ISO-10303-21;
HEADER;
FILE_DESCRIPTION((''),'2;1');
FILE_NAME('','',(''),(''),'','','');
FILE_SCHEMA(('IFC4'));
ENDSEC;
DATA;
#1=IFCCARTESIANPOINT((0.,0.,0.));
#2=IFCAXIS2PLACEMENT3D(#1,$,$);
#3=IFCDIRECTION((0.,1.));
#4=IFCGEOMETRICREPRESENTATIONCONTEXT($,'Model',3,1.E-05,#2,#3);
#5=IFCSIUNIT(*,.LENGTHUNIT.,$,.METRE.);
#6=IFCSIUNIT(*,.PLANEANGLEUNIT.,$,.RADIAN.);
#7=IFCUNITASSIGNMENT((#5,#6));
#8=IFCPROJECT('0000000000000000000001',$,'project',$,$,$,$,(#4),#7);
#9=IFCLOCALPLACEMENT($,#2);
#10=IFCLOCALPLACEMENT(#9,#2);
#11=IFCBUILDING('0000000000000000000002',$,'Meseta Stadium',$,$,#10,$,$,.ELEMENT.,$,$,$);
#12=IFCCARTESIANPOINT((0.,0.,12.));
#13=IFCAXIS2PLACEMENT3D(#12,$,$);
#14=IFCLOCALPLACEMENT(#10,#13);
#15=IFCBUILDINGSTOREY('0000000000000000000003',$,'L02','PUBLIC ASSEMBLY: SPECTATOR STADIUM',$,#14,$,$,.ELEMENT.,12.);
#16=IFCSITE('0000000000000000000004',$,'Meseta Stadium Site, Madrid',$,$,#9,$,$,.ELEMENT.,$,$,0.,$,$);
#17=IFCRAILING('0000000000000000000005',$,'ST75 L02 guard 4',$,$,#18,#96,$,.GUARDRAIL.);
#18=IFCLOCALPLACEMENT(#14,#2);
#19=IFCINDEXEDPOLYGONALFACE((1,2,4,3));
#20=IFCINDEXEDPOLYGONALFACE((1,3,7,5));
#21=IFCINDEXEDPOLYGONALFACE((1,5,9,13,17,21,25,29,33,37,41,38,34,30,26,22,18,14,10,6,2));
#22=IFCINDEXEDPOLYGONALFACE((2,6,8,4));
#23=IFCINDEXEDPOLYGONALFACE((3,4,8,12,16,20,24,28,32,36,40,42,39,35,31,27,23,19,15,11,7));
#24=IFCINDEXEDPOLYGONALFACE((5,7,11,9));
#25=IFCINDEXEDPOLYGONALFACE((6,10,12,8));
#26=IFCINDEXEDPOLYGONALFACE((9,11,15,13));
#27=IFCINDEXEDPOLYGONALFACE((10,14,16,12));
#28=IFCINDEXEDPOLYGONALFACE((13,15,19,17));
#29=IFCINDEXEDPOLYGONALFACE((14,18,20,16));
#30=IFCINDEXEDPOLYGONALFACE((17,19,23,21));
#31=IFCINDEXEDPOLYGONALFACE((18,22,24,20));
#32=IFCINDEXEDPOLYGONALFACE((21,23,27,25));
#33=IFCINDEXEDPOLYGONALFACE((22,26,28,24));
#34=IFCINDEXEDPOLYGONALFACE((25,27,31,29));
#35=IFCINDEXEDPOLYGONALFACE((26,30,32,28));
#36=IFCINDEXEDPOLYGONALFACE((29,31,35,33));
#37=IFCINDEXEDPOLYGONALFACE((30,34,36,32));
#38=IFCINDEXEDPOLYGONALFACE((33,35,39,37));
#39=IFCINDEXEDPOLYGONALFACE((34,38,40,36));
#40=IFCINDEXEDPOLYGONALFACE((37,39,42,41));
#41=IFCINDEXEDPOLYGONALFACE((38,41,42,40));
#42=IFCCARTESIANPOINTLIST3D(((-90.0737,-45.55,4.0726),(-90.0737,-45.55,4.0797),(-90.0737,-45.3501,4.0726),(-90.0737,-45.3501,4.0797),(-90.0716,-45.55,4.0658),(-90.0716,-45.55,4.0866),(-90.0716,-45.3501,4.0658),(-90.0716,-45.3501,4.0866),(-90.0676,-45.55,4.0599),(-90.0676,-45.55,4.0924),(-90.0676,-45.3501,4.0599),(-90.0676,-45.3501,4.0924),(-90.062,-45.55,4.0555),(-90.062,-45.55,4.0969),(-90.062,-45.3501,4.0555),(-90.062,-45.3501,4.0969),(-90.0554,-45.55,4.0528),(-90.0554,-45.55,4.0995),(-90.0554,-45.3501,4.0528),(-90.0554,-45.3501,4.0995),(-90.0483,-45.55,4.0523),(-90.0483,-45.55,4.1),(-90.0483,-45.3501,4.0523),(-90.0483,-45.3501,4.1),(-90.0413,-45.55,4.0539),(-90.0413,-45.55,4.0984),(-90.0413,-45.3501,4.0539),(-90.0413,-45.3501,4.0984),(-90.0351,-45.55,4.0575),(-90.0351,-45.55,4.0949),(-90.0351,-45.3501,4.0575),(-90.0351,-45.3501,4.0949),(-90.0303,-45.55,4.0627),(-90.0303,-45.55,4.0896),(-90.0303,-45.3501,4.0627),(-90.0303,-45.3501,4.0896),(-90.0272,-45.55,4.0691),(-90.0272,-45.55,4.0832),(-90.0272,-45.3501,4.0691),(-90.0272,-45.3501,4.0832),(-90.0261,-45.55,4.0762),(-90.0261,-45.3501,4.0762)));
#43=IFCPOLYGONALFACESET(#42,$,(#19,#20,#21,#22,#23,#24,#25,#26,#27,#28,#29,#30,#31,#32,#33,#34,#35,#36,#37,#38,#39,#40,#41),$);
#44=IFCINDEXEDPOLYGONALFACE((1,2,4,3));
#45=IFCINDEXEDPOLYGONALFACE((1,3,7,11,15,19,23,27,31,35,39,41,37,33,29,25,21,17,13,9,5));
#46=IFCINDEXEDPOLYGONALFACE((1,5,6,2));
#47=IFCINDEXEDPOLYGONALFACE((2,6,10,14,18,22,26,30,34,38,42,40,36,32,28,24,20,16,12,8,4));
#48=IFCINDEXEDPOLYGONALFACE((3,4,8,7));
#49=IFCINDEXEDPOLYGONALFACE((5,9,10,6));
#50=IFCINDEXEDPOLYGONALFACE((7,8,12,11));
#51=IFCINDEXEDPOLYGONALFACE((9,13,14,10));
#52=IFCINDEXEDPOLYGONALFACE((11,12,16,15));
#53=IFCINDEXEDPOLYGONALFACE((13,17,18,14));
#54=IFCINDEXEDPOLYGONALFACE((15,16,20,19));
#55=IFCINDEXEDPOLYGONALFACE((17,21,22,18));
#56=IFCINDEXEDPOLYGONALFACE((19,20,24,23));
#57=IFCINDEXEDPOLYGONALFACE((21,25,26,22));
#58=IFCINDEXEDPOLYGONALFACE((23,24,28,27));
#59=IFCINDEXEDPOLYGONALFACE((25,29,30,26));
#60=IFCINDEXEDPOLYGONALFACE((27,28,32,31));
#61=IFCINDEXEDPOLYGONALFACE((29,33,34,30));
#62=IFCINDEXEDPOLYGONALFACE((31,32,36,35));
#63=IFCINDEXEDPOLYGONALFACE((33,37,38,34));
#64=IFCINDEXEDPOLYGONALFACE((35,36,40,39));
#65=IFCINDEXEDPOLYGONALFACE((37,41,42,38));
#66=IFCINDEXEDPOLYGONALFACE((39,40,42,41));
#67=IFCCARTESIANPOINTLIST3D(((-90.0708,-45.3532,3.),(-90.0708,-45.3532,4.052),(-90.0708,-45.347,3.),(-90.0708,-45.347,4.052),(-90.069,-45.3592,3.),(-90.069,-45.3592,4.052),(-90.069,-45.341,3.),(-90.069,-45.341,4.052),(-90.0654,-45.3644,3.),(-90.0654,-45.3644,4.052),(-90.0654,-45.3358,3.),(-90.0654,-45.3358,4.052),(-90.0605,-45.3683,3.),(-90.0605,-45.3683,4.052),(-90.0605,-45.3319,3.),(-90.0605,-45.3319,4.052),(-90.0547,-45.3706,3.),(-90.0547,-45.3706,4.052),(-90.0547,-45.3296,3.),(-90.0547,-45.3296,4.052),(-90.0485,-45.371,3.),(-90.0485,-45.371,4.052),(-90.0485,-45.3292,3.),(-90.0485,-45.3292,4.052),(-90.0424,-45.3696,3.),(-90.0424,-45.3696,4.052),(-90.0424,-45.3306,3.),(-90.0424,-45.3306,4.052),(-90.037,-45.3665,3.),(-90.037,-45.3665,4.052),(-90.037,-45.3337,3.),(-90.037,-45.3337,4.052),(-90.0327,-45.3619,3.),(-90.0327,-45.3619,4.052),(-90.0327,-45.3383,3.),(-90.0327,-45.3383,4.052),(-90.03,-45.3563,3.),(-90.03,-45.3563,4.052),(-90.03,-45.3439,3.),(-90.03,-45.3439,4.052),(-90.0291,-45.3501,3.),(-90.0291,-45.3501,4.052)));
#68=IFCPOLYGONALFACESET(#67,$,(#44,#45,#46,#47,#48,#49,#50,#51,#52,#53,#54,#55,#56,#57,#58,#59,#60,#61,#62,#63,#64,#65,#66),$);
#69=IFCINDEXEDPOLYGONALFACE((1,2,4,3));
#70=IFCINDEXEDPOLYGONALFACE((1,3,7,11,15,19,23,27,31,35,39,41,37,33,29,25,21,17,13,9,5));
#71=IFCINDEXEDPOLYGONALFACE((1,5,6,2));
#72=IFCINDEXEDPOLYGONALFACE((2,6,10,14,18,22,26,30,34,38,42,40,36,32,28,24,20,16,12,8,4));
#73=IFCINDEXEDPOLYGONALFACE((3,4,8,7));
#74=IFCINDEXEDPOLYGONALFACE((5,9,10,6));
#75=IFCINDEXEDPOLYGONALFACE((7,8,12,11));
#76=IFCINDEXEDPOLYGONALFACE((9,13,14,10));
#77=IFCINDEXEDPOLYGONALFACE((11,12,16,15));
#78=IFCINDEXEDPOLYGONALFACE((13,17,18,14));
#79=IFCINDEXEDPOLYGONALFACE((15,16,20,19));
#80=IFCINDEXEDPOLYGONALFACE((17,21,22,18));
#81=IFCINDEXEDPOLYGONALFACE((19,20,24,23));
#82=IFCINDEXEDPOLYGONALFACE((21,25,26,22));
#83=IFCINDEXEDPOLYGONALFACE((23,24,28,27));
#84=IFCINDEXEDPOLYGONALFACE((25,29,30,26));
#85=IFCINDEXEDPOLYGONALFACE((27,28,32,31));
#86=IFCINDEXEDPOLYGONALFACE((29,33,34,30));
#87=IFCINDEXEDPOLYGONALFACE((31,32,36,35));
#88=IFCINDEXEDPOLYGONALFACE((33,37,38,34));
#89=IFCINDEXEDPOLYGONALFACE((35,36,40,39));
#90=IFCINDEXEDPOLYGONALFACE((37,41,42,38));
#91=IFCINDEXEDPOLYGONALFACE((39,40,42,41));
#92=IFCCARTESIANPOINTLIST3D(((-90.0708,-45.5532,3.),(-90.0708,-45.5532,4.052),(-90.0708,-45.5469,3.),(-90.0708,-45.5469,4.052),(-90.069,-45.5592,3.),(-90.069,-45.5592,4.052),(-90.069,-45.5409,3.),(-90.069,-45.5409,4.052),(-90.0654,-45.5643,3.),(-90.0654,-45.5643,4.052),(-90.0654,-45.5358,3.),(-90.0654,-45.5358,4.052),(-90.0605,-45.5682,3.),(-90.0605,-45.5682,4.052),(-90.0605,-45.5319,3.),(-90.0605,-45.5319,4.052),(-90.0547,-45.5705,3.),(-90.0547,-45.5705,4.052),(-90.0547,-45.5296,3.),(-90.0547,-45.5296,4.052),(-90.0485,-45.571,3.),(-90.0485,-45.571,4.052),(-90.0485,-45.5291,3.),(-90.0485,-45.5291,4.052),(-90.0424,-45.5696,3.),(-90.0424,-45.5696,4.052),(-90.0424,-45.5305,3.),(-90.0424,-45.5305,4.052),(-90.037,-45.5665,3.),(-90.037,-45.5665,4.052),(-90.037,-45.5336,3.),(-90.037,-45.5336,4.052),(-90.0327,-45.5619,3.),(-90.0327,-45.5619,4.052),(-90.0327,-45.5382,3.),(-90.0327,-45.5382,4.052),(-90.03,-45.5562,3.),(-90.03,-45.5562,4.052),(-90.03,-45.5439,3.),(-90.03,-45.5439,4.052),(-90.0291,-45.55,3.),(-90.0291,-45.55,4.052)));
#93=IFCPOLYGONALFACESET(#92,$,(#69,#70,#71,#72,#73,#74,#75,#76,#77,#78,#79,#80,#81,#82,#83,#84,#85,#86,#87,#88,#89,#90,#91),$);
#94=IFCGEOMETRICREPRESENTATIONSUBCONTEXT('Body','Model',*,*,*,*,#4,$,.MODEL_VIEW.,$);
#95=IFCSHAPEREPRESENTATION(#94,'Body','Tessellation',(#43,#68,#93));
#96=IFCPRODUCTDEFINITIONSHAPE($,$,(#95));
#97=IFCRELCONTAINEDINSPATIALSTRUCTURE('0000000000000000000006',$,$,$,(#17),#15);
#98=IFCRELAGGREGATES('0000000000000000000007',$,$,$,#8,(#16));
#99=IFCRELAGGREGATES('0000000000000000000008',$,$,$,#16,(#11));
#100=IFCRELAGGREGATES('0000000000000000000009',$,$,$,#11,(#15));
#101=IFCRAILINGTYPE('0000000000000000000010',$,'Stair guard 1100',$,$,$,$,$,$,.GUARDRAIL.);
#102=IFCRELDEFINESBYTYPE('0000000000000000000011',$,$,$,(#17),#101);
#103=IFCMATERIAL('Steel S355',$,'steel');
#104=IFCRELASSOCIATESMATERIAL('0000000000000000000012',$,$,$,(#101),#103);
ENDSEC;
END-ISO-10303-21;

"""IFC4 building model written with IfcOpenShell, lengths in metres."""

from ifc_helpers import new_model, si_unit, direction, frame, origin, origin_2d, place, context, subcontext, project, spatial, circle, extrude, material, type_object, element, save


model = new_model("IFC4")

# Units and contexts
model_context = context("Model", 3, precision=1e-05, world=origin(), true_north=direction((0.0, 1.0)))
body_context = subcontext(model_context, "Body", "Model", "MODEL_VIEW")
ifc_project = project(units=[si_unit("LENGTHUNIT", "METRE"), si_unit("PLANEANGLEUNIT", "RADIAN")], contexts=[model_context])

# Site, building, storey
site_placement = place(None, origin())
site = spatial("IfcSite", under=ifc_project, at=site_placement, Name="Meseta Stadium Site, Madrid", CompositionType="ELEMENT", RefElevation=0.0)
building_placement = place(site_placement, origin())
building = spatial("IfcBuilding", under=site, at=building_placement, Name="Meseta Stadium", CompositionType="ELEMENT")
storey_placement = place(building_placement, frame((0.0, 0.0, 12.0)))
storey = spatial("IfcBuildingStorey", under=building, at=storey_placement, Name="L02", Description="PUBLIC ASSEMBLY: SPECTATOR STADIUM", CompositionType="ELEMENT", Elevation=12.0)

# Railing
ifc_material_1 = material(Name="Steel S355", Category="steel")
railing_type_1 = type_object("IfcRailingType", Name="Stair guard 1100", PredefinedType="GUARDRAIL", material=ifc_material_1)
railing_1_placement = place(storey_placement, frame((-90.05, -45.3501, 3.0)))
element("IfcRailing", 1, at=railing_1_placement, inside=storey, type_object=railing_type_1, Name="ST75 L02 guard 4", PredefinedType="GUARDRAIL", context=body_context, shape_type="SweptSolid", body=[
    extrude(circle(Radius=0.0239, at=origin_2d()), frame((0.0, 0.0, 1.0762), z_axis=(0.0, -1.0, 0.0), x_axis=(1.0, 0.0, 0.0)), (0.0, 0.0, 1.0), 0.2),
    extrude(circle(Radius=0.021, at=origin_2d()), origin(), (0.0, 0.0, 1.0), 1.052),
    extrude(circle(Radius=0.021, at=origin_2d()), frame((0.0, -0.2, 0.0)), (0.0, 0.0, 1.0), 1.052),
])

save(model, "model.ifc")
